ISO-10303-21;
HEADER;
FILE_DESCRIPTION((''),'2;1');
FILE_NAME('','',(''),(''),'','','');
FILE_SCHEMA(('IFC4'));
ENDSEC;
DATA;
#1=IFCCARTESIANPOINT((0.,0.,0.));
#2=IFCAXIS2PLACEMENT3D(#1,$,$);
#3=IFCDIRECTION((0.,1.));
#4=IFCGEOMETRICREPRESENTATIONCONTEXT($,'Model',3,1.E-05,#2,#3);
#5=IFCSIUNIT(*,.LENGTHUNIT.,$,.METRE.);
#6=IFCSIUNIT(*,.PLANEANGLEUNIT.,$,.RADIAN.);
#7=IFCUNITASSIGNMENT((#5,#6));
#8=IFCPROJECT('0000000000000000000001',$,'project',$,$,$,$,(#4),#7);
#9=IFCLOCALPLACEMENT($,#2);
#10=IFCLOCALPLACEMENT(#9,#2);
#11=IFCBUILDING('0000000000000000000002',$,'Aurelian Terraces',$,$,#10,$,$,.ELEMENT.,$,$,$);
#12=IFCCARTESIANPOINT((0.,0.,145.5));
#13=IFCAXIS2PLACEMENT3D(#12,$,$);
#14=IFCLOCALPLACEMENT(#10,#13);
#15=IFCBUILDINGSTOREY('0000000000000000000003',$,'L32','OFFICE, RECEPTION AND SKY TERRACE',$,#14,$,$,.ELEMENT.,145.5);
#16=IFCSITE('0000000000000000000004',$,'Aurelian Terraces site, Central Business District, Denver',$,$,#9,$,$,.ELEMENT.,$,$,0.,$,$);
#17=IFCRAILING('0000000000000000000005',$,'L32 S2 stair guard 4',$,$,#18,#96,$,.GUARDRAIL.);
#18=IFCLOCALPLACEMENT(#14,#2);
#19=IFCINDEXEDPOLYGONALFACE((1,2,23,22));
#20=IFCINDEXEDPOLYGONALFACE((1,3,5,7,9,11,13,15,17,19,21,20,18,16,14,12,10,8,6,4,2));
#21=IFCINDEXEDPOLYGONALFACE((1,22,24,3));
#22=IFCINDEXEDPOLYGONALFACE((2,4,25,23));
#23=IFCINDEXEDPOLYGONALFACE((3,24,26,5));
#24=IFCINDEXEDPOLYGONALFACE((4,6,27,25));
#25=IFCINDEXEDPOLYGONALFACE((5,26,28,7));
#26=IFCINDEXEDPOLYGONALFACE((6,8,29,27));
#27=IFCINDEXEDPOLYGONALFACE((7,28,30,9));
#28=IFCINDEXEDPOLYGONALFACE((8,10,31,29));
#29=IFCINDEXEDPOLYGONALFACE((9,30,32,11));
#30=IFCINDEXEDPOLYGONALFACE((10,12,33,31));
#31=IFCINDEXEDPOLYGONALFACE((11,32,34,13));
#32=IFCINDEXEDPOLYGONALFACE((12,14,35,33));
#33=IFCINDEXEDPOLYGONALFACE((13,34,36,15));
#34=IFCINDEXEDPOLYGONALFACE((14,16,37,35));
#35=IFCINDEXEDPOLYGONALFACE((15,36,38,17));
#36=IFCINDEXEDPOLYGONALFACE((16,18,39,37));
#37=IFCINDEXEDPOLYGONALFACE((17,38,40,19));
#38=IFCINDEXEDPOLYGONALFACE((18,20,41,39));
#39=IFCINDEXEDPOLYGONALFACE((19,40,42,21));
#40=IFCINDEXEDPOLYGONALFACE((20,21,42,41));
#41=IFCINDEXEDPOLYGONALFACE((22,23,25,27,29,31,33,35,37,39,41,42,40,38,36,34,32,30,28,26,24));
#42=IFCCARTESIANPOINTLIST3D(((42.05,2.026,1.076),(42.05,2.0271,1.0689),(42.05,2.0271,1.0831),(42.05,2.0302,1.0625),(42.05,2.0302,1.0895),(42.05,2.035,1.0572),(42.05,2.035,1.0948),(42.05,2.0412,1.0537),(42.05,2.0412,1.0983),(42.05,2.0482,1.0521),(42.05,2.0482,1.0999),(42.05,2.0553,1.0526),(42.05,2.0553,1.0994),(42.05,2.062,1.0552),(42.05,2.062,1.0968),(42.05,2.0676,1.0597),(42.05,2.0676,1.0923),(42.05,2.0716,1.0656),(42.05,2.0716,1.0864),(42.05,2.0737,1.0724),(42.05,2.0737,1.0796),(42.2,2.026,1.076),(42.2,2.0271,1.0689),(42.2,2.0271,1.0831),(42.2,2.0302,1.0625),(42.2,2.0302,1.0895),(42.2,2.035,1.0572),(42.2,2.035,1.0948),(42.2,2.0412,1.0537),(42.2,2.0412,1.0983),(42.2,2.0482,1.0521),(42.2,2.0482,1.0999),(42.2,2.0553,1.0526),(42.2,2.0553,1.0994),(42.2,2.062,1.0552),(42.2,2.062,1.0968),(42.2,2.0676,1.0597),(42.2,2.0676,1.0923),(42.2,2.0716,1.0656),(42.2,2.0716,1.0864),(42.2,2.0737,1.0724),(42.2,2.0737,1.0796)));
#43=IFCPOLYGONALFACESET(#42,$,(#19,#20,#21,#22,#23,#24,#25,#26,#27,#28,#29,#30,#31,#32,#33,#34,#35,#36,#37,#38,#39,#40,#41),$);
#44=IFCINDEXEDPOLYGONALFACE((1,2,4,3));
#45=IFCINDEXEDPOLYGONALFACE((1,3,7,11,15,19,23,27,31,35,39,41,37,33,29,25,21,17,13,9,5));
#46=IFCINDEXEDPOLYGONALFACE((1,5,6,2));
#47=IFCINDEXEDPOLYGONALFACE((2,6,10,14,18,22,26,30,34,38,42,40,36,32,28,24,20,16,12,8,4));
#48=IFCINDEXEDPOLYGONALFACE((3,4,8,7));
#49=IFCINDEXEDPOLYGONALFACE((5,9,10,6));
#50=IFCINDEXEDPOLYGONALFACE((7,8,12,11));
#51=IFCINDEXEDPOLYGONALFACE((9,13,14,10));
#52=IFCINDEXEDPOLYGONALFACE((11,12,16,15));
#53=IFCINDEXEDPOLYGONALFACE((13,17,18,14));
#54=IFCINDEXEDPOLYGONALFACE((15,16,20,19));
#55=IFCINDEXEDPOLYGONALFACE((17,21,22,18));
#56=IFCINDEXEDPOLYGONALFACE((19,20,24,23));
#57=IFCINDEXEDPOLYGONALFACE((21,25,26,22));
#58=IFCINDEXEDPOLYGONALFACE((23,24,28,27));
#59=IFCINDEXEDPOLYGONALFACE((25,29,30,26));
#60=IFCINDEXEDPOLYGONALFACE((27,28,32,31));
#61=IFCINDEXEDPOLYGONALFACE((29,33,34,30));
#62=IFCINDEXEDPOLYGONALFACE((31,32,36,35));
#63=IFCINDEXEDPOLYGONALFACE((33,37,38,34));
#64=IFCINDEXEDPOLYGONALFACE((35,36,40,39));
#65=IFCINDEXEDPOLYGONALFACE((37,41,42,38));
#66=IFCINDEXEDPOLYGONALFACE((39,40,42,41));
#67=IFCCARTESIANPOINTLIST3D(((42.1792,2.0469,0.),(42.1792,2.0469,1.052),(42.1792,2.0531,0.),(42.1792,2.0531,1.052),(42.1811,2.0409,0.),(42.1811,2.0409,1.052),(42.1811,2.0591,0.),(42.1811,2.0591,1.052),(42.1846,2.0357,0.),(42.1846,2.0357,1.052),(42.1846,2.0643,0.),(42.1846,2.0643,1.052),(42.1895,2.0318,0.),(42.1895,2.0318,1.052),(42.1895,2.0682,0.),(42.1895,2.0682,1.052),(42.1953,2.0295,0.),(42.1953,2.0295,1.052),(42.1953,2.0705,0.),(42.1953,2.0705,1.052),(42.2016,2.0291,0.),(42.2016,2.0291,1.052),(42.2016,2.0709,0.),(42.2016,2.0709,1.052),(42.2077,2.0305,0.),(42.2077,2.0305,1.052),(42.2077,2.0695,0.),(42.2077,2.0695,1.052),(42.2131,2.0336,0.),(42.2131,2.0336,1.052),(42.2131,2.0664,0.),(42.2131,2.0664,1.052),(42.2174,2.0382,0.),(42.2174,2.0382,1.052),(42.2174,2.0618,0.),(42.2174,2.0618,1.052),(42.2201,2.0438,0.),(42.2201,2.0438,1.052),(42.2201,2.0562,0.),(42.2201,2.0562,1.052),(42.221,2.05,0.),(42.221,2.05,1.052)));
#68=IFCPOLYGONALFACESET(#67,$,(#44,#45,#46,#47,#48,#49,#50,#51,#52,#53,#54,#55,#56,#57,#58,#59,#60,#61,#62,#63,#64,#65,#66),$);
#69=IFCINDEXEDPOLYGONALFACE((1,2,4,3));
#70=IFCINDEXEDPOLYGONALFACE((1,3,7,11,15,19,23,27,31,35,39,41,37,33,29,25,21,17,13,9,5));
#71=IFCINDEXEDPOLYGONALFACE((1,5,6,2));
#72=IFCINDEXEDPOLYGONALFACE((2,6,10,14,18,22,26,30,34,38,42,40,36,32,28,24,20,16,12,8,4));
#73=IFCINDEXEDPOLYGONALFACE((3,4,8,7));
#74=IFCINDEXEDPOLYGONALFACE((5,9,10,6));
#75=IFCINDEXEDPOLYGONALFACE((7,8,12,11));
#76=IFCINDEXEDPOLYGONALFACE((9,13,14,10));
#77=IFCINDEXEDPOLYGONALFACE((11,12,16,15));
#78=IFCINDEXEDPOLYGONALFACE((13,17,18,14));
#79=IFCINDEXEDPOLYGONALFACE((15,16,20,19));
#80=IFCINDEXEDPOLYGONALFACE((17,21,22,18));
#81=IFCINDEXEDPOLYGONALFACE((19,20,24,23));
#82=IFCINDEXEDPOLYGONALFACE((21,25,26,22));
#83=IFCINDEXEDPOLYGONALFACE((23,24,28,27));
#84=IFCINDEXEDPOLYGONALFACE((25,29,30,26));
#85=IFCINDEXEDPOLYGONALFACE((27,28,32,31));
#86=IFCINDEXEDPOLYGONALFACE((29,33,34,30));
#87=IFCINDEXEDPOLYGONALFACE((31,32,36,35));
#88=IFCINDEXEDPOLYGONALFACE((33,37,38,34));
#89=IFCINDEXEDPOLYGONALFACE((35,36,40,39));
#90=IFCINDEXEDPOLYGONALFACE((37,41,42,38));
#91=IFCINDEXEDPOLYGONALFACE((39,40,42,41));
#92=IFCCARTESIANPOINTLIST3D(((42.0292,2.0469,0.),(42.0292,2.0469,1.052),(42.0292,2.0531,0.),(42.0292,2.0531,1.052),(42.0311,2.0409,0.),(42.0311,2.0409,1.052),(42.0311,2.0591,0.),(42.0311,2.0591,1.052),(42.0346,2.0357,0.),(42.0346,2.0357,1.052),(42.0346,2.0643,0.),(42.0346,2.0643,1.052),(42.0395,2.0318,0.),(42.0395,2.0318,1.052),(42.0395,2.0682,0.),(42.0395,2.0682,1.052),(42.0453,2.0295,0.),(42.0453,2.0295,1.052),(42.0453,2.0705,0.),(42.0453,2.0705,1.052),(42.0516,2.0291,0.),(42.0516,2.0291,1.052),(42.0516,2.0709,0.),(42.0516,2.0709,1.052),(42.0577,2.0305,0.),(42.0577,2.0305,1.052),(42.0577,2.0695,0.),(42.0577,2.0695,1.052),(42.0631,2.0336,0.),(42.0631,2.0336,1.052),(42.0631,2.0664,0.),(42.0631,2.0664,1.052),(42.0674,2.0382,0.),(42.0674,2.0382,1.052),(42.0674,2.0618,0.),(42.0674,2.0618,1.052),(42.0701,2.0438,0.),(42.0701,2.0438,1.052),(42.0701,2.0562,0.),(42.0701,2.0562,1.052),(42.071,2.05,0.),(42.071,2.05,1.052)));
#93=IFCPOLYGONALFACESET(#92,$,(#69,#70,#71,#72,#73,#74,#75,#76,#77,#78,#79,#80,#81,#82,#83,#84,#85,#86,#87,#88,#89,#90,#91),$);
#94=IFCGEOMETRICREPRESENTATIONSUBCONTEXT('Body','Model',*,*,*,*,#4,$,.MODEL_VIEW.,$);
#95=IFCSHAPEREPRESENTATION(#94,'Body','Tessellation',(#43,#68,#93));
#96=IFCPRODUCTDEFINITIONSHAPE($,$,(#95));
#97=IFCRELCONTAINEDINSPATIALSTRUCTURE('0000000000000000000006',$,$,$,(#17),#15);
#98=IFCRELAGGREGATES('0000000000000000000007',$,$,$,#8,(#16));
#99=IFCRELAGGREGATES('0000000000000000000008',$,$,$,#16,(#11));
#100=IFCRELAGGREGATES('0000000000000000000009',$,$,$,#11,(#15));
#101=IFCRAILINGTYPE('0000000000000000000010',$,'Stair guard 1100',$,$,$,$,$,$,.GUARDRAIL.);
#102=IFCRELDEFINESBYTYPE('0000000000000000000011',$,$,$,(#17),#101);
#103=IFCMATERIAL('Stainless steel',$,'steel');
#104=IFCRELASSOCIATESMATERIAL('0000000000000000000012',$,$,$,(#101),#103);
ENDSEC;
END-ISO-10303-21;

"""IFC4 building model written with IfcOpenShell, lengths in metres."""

from ifc_helpers import new_model, si_unit, direction, frame, origin, origin_2d, place, context, subcontext, project, spatial, circle, extrude, source, transform, mapped, material, type_object, element, save


model = new_model("IFC4")

# Units and contexts
model_context = context("Model", 3, precision=1e-05, world=origin(), true_north=direction((0.0, 1.0)))
body_context = subcontext(model_context, "Body", "Model", "MODEL_VIEW")
ifc_project = project(units=[si_unit("LENGTHUNIT", "METRE"), si_unit("PLANEANGLEUNIT", "RADIAN")], contexts=[model_context])

# Site, building, storey
site_placement = place(None, origin())
site = spatial("IfcSite", under=ifc_project, at=site_placement, Name="Aurelian Terraces site, Central Business District, Denver", CompositionType="ELEMENT", RefElevation=0.0)
building_placement = place(site_placement, origin())
building = spatial("IfcBuilding", under=site, at=building_placement, Name="Aurelian Terraces", CompositionType="ELEMENT")
storey_placement = place(building_placement, frame((0.0, 0.0, 145.5)))
storey = spatial("IfcBuildingStorey", under=building, at=storey_placement, Name="L32", Description="OFFICE, RECEPTION AND SKY TERRACE", CompositionType="ELEMENT", Elevation=145.5)

# Railing
ifc_material_1 = material(Name="Stainless steel", Category="steel")
railing_type_1 = type_object("IfcRailingType", Name="Stair guard 1100", PredefinedType="GUARDRAIL", material=ifc_material_1)
shared_shape_1 = source(origin(), body_context, "Body", "SweptSolid", [
    extrude(circle(Radius=0.024, at=origin_2d()), frame((0.0, 0.0, 1.076), z_axis=(-1.0, 0.0, 0.0), x_axis=(0.0, -1.0, 0.0)), (0.0, 0.0, 1.0), 0.15),
    extrude(circle(Radius=0.021, at=origin_2d()), origin(), (0.0, 0.0, 1.0), 1.052),
    extrude(circle(Radius=0.021, at=origin_2d()), frame((-0.15, 0.0, 0.0)), (0.0, 0.0, 1.0), 1.052),
])
railing_1_placement = place(storey_placement, frame((42.2, 2.05, 0.0)))
element("IfcRailing", 1, at=railing_1_placement, inside=storey, type_object=railing_type_1, Name="L32 S2 stair guard 4", PredefinedType="GUARDRAIL", context=body_context, shape_type="MappedRepresentation", body=[
    mapped(shared_shape_1, transform((0.0, 0.0, 0.0), scale=1.0)),
])

save(model, "model.ifc")
